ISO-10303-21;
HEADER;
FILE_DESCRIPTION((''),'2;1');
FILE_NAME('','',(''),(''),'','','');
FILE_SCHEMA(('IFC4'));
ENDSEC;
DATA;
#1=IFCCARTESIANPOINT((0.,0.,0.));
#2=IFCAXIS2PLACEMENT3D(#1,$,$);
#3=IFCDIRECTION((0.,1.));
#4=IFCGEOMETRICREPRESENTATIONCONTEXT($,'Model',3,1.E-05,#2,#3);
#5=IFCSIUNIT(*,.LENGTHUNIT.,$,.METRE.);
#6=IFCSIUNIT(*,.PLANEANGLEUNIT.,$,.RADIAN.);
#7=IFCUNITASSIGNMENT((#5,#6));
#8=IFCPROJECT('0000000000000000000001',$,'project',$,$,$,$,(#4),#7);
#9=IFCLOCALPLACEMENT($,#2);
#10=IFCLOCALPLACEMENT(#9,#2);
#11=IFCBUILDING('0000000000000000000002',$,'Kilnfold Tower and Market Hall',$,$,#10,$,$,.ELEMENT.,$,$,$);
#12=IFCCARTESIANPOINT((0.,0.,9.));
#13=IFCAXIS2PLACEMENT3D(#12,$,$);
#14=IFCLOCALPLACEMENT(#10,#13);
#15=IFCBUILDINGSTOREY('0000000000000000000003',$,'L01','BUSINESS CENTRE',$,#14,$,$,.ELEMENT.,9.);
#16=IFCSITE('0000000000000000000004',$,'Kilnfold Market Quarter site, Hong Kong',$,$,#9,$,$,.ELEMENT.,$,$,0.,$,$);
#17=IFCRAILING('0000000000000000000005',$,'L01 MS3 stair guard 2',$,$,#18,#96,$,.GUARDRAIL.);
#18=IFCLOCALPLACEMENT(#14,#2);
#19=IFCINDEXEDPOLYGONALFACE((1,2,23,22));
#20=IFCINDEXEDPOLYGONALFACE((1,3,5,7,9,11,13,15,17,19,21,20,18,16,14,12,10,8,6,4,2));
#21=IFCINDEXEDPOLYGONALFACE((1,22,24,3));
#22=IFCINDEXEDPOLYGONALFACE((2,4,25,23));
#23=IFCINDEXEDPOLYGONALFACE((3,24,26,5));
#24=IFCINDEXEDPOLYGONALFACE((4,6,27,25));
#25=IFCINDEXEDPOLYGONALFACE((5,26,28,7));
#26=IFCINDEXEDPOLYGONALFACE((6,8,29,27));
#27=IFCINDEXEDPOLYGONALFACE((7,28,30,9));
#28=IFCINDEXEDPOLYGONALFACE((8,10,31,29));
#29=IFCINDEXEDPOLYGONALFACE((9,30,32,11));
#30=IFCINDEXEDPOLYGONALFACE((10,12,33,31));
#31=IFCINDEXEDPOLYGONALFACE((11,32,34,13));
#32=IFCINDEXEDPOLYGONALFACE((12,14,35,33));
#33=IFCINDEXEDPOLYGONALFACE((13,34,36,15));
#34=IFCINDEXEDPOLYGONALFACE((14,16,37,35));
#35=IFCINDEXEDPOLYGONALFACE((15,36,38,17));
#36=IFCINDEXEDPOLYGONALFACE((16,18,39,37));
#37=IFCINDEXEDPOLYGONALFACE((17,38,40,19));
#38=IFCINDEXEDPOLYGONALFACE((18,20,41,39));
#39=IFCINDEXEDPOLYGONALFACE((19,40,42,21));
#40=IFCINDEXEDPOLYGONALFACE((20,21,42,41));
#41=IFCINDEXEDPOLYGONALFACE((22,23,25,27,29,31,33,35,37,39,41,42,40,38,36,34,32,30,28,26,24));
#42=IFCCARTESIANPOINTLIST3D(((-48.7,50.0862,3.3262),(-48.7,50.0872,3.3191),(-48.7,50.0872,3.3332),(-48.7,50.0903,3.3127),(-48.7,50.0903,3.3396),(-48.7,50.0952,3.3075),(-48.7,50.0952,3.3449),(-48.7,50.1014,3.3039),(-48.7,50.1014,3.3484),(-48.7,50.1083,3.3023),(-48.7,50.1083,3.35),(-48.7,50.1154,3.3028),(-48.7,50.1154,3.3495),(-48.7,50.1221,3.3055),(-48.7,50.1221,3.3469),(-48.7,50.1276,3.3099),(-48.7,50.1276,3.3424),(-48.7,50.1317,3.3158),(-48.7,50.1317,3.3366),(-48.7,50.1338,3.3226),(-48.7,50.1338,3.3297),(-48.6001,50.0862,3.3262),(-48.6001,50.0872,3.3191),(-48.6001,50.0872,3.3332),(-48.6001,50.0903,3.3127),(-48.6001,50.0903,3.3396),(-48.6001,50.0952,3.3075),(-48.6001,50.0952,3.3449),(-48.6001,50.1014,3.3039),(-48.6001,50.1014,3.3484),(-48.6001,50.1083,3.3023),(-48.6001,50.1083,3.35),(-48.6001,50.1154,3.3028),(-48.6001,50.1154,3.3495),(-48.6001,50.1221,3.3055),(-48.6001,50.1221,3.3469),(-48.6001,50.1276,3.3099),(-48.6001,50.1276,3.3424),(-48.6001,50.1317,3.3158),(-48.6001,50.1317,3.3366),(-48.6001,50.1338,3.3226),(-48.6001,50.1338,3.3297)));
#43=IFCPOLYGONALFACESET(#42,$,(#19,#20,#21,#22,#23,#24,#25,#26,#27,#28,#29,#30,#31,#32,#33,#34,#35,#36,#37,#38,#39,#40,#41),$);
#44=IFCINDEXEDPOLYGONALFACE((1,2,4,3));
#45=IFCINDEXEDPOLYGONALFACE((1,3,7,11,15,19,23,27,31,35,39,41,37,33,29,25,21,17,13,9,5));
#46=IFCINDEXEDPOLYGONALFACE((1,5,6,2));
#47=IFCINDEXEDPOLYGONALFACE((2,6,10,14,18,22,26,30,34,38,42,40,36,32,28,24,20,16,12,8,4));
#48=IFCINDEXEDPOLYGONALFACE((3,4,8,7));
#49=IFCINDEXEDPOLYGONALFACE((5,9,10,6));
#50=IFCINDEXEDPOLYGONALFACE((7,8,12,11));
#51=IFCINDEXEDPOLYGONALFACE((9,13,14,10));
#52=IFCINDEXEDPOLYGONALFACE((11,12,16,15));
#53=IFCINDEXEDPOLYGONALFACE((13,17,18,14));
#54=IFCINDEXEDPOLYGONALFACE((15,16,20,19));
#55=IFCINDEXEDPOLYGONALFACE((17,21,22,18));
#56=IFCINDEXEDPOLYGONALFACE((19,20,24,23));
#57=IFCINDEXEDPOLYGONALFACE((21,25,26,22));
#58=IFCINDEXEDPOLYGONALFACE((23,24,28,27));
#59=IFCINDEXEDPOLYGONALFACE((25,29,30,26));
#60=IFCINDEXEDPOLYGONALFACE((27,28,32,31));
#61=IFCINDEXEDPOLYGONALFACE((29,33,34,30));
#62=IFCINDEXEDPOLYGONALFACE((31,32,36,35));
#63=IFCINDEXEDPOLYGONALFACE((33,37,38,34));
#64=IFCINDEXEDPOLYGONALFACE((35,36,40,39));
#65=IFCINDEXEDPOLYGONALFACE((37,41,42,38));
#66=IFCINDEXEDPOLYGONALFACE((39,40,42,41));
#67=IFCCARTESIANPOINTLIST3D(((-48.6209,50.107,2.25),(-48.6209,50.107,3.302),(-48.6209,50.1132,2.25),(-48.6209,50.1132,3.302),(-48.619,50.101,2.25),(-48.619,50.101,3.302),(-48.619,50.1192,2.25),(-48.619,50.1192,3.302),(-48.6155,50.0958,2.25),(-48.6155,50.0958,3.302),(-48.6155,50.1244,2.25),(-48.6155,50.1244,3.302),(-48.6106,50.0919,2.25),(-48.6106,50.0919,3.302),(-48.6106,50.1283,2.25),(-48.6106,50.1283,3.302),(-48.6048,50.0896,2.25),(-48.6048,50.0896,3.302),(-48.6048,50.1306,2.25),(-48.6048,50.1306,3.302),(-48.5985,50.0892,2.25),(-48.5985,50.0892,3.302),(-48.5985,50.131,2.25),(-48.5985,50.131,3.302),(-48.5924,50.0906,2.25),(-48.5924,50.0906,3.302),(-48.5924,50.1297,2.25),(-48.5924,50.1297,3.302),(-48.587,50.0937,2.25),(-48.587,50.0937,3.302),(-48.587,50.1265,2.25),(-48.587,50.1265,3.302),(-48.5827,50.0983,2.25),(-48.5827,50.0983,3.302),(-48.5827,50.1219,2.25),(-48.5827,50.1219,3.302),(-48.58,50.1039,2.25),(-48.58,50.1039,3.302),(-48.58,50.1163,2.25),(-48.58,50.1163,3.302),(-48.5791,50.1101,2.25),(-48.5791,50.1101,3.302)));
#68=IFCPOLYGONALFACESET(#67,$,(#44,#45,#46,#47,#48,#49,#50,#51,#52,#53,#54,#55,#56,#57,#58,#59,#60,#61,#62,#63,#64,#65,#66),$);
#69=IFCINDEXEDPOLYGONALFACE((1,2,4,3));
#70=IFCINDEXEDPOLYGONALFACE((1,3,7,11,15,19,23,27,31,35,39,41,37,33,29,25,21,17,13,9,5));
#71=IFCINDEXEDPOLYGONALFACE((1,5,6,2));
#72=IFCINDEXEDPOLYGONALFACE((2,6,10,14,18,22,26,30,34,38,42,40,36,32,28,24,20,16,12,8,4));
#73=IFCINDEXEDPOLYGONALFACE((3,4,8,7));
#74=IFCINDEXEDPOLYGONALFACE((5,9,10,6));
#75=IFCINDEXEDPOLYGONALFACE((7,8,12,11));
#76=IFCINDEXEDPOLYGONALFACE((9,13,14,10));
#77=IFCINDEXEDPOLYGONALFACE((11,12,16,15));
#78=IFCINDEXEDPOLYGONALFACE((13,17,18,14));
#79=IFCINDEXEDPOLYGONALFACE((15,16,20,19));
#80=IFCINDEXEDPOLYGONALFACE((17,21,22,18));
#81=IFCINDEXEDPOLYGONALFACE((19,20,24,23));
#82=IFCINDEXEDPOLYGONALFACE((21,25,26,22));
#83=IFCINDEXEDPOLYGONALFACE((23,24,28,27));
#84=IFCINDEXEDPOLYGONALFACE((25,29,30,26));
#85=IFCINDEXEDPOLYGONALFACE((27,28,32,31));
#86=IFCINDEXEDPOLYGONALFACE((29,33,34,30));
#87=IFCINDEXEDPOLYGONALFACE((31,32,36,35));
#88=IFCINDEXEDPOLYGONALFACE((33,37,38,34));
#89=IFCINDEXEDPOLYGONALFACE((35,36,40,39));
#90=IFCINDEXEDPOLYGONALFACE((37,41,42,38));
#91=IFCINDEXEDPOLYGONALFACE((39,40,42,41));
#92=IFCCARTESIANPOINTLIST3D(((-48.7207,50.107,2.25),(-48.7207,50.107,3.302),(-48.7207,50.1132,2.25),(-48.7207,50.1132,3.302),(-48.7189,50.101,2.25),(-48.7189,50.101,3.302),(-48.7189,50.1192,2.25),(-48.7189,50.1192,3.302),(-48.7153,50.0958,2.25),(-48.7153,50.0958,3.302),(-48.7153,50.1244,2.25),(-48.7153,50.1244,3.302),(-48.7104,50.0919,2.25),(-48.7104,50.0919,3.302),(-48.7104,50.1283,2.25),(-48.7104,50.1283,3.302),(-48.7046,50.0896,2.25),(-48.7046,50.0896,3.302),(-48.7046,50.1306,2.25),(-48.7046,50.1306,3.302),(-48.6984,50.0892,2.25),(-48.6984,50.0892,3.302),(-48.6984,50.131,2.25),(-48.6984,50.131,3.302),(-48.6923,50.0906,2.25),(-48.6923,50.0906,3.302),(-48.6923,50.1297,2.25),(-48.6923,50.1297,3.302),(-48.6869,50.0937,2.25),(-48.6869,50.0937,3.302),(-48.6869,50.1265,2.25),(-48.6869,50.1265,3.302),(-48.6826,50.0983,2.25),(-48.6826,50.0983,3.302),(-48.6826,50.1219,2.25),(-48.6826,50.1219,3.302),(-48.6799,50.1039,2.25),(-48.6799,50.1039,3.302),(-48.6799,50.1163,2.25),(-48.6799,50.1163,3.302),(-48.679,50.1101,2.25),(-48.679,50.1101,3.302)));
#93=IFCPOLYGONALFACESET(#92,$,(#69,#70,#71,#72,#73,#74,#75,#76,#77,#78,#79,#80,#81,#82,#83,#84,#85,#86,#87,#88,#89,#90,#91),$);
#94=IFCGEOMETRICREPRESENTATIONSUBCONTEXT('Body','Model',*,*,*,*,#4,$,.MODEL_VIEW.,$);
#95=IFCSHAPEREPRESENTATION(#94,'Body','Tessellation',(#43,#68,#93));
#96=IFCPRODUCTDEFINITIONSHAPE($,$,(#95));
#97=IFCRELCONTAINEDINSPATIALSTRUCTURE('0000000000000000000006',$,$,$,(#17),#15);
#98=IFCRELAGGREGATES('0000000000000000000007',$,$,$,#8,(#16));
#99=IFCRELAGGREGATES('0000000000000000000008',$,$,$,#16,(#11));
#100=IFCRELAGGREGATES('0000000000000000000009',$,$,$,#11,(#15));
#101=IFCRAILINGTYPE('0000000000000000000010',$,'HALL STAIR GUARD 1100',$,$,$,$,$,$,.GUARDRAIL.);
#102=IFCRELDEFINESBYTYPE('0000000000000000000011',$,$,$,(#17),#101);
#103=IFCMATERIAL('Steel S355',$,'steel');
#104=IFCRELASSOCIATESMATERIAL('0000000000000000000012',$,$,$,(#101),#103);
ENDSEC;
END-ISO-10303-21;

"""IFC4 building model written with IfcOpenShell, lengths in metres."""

from ifc_helpers import new_model, si_unit, direction, frame, origin, origin_2d, place, context, subcontext, project, spatial, circle, extrude, material, type_object, element, save


model = new_model("IFC4")

# Units and contexts
model_context = context("Model", 3, precision=1e-05, world=origin(), true_north=direction((0.0, 1.0)))
body_context = subcontext(model_context, "Body", "Model", "MODEL_VIEW")
ifc_project = project(units=[si_unit("LENGTHUNIT", "METRE"), si_unit("PLANEANGLEUNIT", "RADIAN")], contexts=[model_context])

# Site, building, storey
site_placement = place(None, origin())
site = spatial("IfcSite", under=ifc_project, at=site_placement, Name="Kilnfold Market Quarter site, Hong Kong", CompositionType="ELEMENT", RefElevation=0.0)
building_placement = place(site_placement, origin())
building = spatial("IfcBuilding", under=site, at=building_placement, Name="Kilnfold Tower and Market Hall", CompositionType="ELEMENT")
storey_placement = place(building_placement, frame((0.0, 0.0, 9.0)))
storey = spatial("IfcBuildingStorey", under=building, at=storey_placement, Name="L01", Description="BUSINESS CENTRE", CompositionType="ELEMENT", Elevation=9.0)

# Railing
ifc_material_1 = material(Name="Steel S355", Category="steel")
railing_type_1 = type_object("IfcRailingType", Name="HALL STAIR GUARD 1100", PredefinedType="GUARDRAIL", material=ifc_material_1)
railing_1_placement = place(storey_placement, frame((-48.6001, 50.1101, 2.25)))
element("IfcRailing", 1, at=railing_1_placement, inside=storey, type_object=railing_type_1, Name="L01 MS3 stair guard 2", PredefinedType="GUARDRAIL", context=body_context, shape_type="SweptSolid", body=[
    extrude(circle(Radius=0.0239, at=origin_2d()), frame((0.0, 0.0, 1.0762), z_axis=(-1.0, 0.0, 0.0), x_axis=(0.0, -1.0, 0.0)), (0.0, 0.0, 1.0), 0.0999),
    extrude(circle(Radius=0.021, at=origin_2d()), origin(), (0.0, 0.0, 1.0), 1.052),
    extrude(circle(Radius=0.021, at=origin_2d()), frame((-0.0999, 0.0, 0.0)), (0.0, 0.0, 1.0), 1.052),
])

save(model, "model.ifc")
